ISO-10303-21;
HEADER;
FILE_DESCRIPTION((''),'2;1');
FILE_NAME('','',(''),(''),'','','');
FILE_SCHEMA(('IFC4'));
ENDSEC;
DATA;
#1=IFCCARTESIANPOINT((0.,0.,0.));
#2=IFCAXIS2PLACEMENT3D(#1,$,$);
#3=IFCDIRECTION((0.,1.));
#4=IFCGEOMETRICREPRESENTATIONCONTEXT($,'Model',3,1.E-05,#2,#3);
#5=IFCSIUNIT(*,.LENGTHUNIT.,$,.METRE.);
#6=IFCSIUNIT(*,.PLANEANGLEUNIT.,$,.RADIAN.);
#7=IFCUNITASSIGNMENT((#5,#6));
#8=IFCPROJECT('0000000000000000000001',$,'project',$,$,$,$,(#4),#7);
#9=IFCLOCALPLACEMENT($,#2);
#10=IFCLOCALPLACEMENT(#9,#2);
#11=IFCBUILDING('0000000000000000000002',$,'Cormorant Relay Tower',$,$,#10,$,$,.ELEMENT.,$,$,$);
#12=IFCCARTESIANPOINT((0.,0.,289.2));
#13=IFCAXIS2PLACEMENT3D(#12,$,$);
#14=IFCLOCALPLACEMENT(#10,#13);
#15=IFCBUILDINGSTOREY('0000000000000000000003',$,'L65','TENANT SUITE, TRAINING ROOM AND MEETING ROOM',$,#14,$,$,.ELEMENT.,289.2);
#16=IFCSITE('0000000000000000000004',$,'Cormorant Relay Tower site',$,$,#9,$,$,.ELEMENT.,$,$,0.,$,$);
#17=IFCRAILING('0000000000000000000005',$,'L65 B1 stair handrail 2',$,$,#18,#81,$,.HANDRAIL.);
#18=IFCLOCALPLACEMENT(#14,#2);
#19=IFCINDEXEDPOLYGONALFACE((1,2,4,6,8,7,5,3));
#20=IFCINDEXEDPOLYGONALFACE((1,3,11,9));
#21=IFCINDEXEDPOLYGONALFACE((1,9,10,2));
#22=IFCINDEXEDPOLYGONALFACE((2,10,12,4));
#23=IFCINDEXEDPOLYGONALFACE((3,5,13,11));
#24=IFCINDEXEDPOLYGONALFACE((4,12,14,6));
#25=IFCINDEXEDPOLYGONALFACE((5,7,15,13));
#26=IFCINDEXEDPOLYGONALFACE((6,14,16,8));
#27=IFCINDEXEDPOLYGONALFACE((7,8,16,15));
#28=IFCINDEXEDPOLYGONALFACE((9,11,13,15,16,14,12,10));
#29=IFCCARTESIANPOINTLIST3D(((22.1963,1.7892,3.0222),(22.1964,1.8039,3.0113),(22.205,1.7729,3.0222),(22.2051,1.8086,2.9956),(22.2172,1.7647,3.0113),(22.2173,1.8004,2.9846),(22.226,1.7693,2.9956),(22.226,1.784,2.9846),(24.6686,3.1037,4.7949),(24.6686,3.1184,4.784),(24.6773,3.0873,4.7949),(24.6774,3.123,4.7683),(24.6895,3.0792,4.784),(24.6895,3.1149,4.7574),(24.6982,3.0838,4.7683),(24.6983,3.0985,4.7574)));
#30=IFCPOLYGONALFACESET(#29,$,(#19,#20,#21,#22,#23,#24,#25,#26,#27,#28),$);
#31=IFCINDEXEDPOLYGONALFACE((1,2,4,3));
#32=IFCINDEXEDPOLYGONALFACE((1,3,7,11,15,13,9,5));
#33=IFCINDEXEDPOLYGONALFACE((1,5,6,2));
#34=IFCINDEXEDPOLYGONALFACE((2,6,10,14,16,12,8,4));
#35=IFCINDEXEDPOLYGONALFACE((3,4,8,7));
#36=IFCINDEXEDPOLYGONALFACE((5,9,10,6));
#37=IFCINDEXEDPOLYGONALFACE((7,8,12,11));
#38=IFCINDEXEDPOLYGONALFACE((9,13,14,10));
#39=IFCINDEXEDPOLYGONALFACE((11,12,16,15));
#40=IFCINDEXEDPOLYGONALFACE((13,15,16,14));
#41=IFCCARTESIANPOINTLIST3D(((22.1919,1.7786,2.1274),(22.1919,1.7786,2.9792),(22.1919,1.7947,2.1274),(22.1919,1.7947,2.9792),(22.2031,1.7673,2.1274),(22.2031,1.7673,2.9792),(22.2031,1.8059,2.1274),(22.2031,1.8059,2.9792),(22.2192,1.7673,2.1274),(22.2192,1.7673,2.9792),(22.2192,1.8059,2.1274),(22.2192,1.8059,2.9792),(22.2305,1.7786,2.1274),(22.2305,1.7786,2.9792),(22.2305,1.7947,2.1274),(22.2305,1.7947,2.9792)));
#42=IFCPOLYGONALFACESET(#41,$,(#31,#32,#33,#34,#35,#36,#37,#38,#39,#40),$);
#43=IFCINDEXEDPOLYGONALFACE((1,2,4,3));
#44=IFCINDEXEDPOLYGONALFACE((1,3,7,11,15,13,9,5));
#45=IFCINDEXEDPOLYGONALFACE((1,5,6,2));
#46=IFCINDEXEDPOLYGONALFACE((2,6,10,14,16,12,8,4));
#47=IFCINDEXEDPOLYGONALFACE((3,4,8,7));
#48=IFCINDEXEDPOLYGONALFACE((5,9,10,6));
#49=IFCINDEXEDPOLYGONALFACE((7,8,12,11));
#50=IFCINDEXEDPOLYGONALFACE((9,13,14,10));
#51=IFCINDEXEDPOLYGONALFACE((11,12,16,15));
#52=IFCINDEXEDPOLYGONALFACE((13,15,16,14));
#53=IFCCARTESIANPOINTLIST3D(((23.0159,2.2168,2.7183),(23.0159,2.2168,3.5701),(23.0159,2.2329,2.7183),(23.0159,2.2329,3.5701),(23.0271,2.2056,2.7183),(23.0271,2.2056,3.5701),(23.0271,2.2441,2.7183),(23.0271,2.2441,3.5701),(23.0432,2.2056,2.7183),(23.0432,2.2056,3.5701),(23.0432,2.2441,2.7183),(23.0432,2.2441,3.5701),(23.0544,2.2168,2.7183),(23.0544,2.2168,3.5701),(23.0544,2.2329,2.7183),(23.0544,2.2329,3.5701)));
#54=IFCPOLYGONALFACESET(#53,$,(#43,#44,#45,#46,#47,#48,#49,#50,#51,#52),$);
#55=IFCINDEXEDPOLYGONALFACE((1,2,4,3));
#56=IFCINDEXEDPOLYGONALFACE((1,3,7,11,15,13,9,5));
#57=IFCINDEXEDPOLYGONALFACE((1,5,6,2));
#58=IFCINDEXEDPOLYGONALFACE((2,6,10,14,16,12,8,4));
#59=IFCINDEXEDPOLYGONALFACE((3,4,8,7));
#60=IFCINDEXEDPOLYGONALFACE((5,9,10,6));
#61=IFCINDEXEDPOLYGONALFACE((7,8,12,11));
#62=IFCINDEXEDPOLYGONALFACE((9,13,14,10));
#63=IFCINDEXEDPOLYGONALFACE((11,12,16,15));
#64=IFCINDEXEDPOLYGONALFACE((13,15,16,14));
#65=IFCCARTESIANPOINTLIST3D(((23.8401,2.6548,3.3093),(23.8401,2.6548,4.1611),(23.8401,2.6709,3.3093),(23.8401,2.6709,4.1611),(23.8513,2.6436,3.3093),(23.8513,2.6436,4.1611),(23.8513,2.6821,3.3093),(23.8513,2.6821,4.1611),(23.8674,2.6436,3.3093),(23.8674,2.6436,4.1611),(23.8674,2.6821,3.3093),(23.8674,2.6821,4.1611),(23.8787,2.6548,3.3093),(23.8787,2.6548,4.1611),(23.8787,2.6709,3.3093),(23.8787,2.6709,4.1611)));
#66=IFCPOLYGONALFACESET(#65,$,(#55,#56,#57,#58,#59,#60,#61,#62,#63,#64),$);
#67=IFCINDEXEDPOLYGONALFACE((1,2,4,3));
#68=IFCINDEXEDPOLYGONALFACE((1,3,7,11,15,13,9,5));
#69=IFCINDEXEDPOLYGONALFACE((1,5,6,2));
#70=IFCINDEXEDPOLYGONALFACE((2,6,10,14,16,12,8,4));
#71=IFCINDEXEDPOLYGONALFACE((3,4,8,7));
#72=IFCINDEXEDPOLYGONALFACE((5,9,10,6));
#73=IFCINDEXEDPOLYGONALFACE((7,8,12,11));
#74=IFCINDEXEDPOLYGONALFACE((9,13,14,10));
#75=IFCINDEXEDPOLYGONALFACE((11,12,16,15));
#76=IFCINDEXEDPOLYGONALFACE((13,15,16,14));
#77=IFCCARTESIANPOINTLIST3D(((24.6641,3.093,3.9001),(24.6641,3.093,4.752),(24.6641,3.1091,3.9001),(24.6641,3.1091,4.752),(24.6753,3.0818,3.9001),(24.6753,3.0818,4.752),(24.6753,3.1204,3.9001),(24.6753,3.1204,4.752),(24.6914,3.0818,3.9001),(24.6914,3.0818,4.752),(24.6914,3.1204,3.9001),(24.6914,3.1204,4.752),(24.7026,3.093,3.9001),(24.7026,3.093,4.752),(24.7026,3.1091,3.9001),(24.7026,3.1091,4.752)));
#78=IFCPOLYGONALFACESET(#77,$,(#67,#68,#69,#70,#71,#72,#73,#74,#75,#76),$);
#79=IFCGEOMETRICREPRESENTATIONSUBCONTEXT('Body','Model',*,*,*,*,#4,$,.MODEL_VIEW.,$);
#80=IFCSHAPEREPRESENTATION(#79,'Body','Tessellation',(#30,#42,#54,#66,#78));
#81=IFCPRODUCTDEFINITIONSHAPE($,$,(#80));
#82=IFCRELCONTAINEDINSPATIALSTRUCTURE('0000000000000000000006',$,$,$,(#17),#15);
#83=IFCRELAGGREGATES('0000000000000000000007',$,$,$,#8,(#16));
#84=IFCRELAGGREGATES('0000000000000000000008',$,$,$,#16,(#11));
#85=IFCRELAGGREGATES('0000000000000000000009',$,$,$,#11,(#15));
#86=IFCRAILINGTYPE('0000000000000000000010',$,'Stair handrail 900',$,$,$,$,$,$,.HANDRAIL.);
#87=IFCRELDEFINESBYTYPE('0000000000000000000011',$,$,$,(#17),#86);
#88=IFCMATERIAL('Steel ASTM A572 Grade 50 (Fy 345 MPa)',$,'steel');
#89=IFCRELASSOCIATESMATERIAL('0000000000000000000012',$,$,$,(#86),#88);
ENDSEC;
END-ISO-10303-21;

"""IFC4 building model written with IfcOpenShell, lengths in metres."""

from ifc_helpers import new_model, si_unit, direction, frame, origin, place, context, subcontext, project, spatial, polyline, outline, extrude, material, type_object, element, save


model = new_model("IFC4")

# Units and contexts
model_context = context("Model", 3, precision=1e-05, world=origin(), true_north=direction((0.0, 1.0)))
body_context = subcontext(model_context, "Body", "Model", "MODEL_VIEW")
ifc_project = project(units=[si_unit("LENGTHUNIT", "METRE"), si_unit("PLANEANGLEUNIT", "RADIAN")], contexts=[model_context])

# Site, building, storey
site_placement = place(None, origin())
site = spatial("IfcSite", under=ifc_project, at=site_placement, Name="Cormorant Relay Tower site", CompositionType="ELEMENT", RefElevation=0.0)
building_placement = place(site_placement, origin())
building = spatial("IfcBuilding", under=site, at=building_placement, Name="Cormorant Relay Tower", CompositionType="ELEMENT")
storey_placement = place(building_placement, frame((0.0, 0.0, 289.2)))
storey = spatial("IfcBuildingStorey", under=building, at=storey_placement, Name="L65", Description="TENANT SUITE, TRAINING ROOM AND MEETING ROOM", CompositionType="ELEMENT", Elevation=289.2)

# Railing
ifc_material_1 = material(Name="Steel ASTM A572 Grade 50 (Fy 345 MPa)", Category="steel")
railing_type_1 = type_object("IfcRailingType", Name="Stair handrail 900", PredefinedType="HANDRAIL", material=ifc_material_1)
railing_1_placement = place(storey_placement, frame((22.2112, 1.7866, 2.1274)))
element("IfcRailing", 1, at=railing_1_placement, inside=storey, type_object=railing_type_1, Name="L65 B1 stair handrail 2", PredefinedType="HANDRAIL", context=body_context, shape_type="SweptSolid", body=[
    extrude(outline(polyline([(0.0222, 0.0093), (0.0093, 0.0222), (-0.0093, 0.0222), (-0.0222, 0.0093), (-0.0222, -0.0093), (-0.0093, -0.0222), (0.0093, -0.0222), (0.0222, -0.0093), (0.0222, 0.0093)])), frame((0.0, 0.0, 0.876), z_axis=(0.746001, 0.396649, 0.534931), x_axis=(-0.469465, 0.882951, 0.0)), (0.0, 0.0, 1.0), 3.314),
    extrude(outline(polyline([(0.0193, 0.0081), (0.0081, 0.0193), (-0.0081, 0.0193), (-0.0193, 0.0081), (-0.0193, -0.0081), (-0.0081, -0.0193), (0.0081, -0.0193), (0.0193, -0.0081), (0.0193, 0.0081)])), origin(), (0.0, 0.0, 1.0), 0.8518),
    extrude(outline(polyline([(0.0193, 0.0081), (0.0081, 0.0193), (-0.0081, 0.0193), (-0.0193, 0.0081), (-0.0193, -0.0081), (-0.0081, -0.0193), (0.0081, -0.0193), (0.0193, -0.0081), (0.0193, 0.0081)])), frame((0.824, 0.4382, 0.5908)), (0.0, 0.0, 1.0), 0.8518),
    extrude(outline(polyline([(0.0193, 0.0081), (0.0081, 0.0193), (-0.0081, 0.0193), (-0.0193, 0.0081), (-0.0193, -0.0081), (-0.0081, -0.0193), (0.0081, -0.0193), (0.0193, -0.0081), (0.0193, 0.0081)])), frame((1.6482, 0.8762, 1.1819)), (0.0, 0.0, 1.0), 0.8518),
    extrude(outline(polyline([(0.0193, 0.0081), (0.0081, 0.0193), (-0.0081, 0.0193), (-0.0193, 0.0081), (-0.0193, -0.0081), (-0.0081, -0.0193), (0.0081, -0.0193), (0.0193, -0.0081), (0.0193, 0.0081)])), frame((2.4722, 1.3145, 1.7727)), (0.0, 0.0, 1.0), 0.8518),
])

save(model, "model.ifc")
